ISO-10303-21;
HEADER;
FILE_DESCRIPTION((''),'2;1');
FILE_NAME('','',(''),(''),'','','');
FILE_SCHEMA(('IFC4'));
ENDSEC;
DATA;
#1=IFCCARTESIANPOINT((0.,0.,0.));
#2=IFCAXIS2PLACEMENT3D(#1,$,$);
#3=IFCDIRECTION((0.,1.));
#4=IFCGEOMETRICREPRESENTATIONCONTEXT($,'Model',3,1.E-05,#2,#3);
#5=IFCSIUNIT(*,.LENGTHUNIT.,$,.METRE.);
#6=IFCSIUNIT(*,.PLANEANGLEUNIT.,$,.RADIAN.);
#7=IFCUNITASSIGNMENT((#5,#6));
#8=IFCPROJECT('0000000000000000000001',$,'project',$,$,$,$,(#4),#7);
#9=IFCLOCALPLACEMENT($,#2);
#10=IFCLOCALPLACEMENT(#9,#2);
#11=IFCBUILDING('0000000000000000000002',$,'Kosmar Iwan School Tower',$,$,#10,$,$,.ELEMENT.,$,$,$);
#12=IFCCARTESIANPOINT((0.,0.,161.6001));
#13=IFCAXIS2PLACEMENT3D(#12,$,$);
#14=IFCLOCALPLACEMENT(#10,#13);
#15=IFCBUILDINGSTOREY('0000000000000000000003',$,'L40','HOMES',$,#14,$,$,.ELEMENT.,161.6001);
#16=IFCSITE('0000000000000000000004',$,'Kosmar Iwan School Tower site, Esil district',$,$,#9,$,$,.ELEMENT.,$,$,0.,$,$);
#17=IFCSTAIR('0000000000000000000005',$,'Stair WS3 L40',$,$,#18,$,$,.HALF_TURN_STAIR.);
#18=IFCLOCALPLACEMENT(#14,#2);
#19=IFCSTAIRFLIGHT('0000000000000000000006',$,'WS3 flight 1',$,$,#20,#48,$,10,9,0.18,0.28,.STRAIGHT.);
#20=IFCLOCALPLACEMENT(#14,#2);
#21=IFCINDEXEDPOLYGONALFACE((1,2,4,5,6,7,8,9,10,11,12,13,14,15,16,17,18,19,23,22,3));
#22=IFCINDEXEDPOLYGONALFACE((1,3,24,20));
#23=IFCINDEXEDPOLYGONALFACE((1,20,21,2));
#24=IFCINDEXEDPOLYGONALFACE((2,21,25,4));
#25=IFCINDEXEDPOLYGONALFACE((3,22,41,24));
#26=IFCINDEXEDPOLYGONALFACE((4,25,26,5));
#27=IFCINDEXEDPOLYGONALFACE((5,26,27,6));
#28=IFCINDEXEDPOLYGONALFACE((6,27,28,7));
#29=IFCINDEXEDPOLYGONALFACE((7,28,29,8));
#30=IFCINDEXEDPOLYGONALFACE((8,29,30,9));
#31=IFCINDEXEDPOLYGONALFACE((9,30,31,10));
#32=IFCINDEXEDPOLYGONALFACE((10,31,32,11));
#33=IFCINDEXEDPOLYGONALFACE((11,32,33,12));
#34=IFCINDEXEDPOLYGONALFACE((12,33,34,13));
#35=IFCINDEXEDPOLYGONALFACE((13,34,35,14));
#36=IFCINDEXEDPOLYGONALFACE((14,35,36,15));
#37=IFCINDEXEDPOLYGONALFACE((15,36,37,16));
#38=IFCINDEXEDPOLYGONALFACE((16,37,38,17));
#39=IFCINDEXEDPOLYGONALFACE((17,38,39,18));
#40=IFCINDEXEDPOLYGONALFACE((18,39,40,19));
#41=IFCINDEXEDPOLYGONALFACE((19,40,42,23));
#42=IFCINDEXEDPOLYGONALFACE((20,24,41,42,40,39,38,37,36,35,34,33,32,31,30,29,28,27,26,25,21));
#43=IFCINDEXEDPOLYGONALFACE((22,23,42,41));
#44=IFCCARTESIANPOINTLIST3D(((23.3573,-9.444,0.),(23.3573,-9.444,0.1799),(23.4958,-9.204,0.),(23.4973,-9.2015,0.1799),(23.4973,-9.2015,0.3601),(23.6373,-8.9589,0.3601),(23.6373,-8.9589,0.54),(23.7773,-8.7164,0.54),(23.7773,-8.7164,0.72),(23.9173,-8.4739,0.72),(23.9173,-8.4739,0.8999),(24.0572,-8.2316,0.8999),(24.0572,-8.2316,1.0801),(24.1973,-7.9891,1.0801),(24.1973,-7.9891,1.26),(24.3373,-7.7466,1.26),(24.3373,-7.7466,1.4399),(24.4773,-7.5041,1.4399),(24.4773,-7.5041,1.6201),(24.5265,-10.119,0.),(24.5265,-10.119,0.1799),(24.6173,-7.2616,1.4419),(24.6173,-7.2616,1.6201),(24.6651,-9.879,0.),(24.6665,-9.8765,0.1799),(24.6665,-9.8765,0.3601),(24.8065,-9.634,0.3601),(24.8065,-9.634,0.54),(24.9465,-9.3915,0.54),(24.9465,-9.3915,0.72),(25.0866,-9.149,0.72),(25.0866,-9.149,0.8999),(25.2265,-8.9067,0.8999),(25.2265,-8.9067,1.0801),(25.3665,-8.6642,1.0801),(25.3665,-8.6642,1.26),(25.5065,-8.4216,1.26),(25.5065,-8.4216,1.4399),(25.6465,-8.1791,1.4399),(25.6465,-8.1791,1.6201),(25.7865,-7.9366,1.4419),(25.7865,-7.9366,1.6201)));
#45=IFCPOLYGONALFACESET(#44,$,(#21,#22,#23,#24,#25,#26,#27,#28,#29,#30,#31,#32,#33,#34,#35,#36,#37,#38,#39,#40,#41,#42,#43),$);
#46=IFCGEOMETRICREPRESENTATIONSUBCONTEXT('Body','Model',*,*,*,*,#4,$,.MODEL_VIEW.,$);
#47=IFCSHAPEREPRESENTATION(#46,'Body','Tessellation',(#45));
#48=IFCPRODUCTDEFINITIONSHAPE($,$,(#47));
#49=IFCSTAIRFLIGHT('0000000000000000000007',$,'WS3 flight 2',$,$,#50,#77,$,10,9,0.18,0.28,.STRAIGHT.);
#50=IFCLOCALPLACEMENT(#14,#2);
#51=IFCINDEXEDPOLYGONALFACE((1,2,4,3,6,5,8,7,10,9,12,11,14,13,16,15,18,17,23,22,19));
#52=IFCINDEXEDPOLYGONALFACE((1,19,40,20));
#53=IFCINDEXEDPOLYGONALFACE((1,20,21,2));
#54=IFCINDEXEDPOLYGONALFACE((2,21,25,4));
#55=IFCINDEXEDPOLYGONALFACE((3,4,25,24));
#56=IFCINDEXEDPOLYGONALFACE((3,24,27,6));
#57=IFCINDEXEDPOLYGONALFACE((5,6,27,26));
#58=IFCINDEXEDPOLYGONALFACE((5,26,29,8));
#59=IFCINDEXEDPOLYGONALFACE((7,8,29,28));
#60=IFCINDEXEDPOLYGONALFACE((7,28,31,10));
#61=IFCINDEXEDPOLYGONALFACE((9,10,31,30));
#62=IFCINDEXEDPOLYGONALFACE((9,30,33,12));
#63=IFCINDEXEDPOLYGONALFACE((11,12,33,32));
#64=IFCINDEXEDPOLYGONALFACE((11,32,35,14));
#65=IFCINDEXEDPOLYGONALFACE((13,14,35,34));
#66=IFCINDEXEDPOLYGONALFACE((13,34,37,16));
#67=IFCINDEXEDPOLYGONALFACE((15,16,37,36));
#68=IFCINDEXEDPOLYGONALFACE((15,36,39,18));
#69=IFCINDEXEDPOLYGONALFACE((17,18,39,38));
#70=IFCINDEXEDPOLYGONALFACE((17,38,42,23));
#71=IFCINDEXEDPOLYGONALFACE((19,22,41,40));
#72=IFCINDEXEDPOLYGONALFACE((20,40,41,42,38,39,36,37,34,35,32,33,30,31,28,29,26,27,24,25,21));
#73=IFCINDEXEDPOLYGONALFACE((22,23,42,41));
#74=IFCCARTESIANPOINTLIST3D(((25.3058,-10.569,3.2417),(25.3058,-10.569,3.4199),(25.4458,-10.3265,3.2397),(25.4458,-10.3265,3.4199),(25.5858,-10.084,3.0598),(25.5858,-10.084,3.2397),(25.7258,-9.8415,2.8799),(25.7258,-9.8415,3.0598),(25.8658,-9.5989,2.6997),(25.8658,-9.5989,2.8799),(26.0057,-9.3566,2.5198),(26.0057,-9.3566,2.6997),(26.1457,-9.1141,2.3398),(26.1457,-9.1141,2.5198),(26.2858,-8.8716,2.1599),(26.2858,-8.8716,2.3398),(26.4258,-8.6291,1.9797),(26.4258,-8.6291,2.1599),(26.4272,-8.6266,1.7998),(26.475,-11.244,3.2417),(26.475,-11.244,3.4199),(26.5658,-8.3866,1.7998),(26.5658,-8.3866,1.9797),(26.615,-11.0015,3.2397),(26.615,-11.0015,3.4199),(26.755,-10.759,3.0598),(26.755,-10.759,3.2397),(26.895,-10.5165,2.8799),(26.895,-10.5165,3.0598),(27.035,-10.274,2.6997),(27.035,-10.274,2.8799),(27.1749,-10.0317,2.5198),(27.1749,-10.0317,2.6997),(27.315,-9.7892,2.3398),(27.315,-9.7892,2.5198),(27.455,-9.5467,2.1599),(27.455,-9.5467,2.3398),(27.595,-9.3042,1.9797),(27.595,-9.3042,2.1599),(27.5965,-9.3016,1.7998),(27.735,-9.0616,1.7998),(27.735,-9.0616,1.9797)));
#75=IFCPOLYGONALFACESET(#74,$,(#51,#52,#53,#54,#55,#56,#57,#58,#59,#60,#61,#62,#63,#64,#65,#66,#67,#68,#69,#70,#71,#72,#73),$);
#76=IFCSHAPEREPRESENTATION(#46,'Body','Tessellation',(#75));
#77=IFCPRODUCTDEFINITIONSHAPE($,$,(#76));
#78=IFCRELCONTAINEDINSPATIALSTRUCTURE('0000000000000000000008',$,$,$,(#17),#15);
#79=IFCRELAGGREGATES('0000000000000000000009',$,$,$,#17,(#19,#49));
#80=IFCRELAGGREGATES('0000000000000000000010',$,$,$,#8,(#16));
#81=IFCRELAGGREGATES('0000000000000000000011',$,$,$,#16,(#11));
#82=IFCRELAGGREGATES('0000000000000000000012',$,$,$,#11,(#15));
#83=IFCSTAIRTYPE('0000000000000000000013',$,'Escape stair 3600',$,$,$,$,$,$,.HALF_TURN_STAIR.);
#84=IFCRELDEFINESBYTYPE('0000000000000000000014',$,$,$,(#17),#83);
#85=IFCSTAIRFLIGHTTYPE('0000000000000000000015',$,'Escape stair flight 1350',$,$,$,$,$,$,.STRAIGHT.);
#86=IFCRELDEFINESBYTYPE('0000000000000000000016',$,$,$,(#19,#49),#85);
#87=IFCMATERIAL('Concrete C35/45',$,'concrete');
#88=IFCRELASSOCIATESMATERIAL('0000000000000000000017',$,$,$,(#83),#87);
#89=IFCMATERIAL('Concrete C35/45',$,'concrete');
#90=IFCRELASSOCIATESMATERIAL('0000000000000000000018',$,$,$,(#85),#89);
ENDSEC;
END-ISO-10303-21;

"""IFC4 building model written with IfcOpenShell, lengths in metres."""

from ifc_helpers import new_model, si_unit, direction, frame, origin, place, context, subcontext, project, spatial, polyline, outline, extrude, material, type_object, element, aggregate, save


model = new_model("IFC4")

# Units and contexts
model_context = context("Model", 3, precision=1e-05, world=origin(), true_north=direction((0.0, 1.0)))
body_context = subcontext(model_context, "Body", "Model", "MODEL_VIEW")
ifc_project = project(units=[si_unit("LENGTHUNIT", "METRE"), si_unit("PLANEANGLEUNIT", "RADIAN")], contexts=[model_context])

# Site, building, storey
site_placement = place(None, origin())
site = spatial("IfcSite", under=ifc_project, at=site_placement, Name="Kosmar Iwan School Tower site, Esil district", CompositionType="ELEMENT", RefElevation=0.0)
building_placement = place(site_placement, origin())
building = spatial("IfcBuilding", under=site, at=building_placement, Name="Kosmar Iwan School Tower", CompositionType="ELEMENT")
storey_placement = place(building_placement, frame((0.0, 0.0, 161.6001)))
storey = spatial("IfcBuildingStorey", under=building, at=storey_placement, Name="L40", Description="HOMES", CompositionType="ELEMENT", Elevation=161.6001)

# Stair, stair flights
ifc_material_1 = material(Name="Concrete C35/45", Category="concrete")
stair_type = type_object("IfcStairType", Name="Escape stair 3600", PredefinedType="HALF_TURN_STAIR", material=ifc_material_1)
stair_placement = place(storey_placement, origin())
stair = element("IfcStair", 1, at=stair_placement, inside=storey, type_object=stair_type, Name="Stair WS3 L40", PredefinedType="HALF_TURN_STAIR")
ifc_material_2 = material(Name="Concrete C35/45", Category="concrete")
stair_flight_type = type_object("IfcStairFlightType", Name="Escape stair flight 1350", PredefinedType="STRAIGHT", material=ifc_material_2)
stair_flight_1_placement = place(storey_placement, frame((23.9419, -9.7815, 0.0), z_axis=(0.0, 0.0, 1.0), x_axis=(0.5, 0.866025, 0.0)))
stair_flight_1 = element("IfcStairFlight", 2, at=stair_flight_1_placement, type_object=stair_flight_type, Name="WS3 flight 1", NumberOfRisers=10, NumberOfTreads=9, PredefinedType="STRAIGHT", RiserHeight=0.18, TreadLength=0.28, context=body_context, shape_type="SweptSolid", body=[
    extrude(outline(polyline([(0.0, 0.0), (0.0, 0.1799), (0.28, 0.1799), (0.28, 0.3601), (0.5601, 0.3601), (0.5601, 0.54), (0.8401, 0.54), (0.8401, 0.72), (1.1201, 0.72), (1.1201, 0.8999), (1.3999, 0.8999), (1.3999, 1.0801), (1.6799, 1.0801), (1.6799, 1.26), (1.96, 1.26), (1.96, 1.4399), (2.24, 1.4399), (2.24, 1.6201), (2.52, 1.6201), (2.52, 1.8), (2.52, 1.4419), (0.2771, 0.0), (0.0, 0.0)])), frame((0.0, 0.675, 0.0), z_axis=(0.0, -1.0, 0.0), x_axis=(1.0, 0.0, 0.0)), (0.0, 0.0, 1.0), 1.3501),
])
stair_flight_2_placement = place(storey_placement, frame((27.1504, -8.7241, 1.7998), z_axis=(0.0, 0.0, 1.0), x_axis=(-0.5, -0.866025, 0.0)))
stair_flight_2 = element("IfcStairFlight", 3, at=stair_flight_2_placement, type_object=stair_flight_type, Name="WS3 flight 2", NumberOfRisers=10, NumberOfTreads=9, PredefinedType="STRAIGHT", RiserHeight=0.18, TreadLength=0.28, context=body_context, shape_type="SweptSolid", body=[
    extrude(outline(polyline([(0.0, 0.0), (0.0, 0.1799), (0.28, 0.1799), (0.28, 0.3601), (0.5601, 0.3601), (0.5601, 0.54), (0.8401, 0.54), (0.8401, 0.72), (1.1201, 0.72), (1.1201, 0.8999), (1.3999, 0.8999), (1.3999, 1.0801), (1.6799, 1.0801), (1.6799, 1.26), (1.96, 1.26), (1.96, 1.4399), (2.24, 1.4399), (2.24, 1.6201), (2.52, 1.6201), (2.52, 1.8), (2.52, 1.4419), (0.2771, 0.0), (0.0, 0.0)])), frame((0.0, 0.675, 0.0), z_axis=(0.0, -1.0, 0.0), x_axis=(1.0, 0.0, 0.0)), (0.0, 0.0, 1.0), 1.3501),
])
aggregate(stair, [stair_flight_1, stair_flight_2])

save(model, "model.ifc")
